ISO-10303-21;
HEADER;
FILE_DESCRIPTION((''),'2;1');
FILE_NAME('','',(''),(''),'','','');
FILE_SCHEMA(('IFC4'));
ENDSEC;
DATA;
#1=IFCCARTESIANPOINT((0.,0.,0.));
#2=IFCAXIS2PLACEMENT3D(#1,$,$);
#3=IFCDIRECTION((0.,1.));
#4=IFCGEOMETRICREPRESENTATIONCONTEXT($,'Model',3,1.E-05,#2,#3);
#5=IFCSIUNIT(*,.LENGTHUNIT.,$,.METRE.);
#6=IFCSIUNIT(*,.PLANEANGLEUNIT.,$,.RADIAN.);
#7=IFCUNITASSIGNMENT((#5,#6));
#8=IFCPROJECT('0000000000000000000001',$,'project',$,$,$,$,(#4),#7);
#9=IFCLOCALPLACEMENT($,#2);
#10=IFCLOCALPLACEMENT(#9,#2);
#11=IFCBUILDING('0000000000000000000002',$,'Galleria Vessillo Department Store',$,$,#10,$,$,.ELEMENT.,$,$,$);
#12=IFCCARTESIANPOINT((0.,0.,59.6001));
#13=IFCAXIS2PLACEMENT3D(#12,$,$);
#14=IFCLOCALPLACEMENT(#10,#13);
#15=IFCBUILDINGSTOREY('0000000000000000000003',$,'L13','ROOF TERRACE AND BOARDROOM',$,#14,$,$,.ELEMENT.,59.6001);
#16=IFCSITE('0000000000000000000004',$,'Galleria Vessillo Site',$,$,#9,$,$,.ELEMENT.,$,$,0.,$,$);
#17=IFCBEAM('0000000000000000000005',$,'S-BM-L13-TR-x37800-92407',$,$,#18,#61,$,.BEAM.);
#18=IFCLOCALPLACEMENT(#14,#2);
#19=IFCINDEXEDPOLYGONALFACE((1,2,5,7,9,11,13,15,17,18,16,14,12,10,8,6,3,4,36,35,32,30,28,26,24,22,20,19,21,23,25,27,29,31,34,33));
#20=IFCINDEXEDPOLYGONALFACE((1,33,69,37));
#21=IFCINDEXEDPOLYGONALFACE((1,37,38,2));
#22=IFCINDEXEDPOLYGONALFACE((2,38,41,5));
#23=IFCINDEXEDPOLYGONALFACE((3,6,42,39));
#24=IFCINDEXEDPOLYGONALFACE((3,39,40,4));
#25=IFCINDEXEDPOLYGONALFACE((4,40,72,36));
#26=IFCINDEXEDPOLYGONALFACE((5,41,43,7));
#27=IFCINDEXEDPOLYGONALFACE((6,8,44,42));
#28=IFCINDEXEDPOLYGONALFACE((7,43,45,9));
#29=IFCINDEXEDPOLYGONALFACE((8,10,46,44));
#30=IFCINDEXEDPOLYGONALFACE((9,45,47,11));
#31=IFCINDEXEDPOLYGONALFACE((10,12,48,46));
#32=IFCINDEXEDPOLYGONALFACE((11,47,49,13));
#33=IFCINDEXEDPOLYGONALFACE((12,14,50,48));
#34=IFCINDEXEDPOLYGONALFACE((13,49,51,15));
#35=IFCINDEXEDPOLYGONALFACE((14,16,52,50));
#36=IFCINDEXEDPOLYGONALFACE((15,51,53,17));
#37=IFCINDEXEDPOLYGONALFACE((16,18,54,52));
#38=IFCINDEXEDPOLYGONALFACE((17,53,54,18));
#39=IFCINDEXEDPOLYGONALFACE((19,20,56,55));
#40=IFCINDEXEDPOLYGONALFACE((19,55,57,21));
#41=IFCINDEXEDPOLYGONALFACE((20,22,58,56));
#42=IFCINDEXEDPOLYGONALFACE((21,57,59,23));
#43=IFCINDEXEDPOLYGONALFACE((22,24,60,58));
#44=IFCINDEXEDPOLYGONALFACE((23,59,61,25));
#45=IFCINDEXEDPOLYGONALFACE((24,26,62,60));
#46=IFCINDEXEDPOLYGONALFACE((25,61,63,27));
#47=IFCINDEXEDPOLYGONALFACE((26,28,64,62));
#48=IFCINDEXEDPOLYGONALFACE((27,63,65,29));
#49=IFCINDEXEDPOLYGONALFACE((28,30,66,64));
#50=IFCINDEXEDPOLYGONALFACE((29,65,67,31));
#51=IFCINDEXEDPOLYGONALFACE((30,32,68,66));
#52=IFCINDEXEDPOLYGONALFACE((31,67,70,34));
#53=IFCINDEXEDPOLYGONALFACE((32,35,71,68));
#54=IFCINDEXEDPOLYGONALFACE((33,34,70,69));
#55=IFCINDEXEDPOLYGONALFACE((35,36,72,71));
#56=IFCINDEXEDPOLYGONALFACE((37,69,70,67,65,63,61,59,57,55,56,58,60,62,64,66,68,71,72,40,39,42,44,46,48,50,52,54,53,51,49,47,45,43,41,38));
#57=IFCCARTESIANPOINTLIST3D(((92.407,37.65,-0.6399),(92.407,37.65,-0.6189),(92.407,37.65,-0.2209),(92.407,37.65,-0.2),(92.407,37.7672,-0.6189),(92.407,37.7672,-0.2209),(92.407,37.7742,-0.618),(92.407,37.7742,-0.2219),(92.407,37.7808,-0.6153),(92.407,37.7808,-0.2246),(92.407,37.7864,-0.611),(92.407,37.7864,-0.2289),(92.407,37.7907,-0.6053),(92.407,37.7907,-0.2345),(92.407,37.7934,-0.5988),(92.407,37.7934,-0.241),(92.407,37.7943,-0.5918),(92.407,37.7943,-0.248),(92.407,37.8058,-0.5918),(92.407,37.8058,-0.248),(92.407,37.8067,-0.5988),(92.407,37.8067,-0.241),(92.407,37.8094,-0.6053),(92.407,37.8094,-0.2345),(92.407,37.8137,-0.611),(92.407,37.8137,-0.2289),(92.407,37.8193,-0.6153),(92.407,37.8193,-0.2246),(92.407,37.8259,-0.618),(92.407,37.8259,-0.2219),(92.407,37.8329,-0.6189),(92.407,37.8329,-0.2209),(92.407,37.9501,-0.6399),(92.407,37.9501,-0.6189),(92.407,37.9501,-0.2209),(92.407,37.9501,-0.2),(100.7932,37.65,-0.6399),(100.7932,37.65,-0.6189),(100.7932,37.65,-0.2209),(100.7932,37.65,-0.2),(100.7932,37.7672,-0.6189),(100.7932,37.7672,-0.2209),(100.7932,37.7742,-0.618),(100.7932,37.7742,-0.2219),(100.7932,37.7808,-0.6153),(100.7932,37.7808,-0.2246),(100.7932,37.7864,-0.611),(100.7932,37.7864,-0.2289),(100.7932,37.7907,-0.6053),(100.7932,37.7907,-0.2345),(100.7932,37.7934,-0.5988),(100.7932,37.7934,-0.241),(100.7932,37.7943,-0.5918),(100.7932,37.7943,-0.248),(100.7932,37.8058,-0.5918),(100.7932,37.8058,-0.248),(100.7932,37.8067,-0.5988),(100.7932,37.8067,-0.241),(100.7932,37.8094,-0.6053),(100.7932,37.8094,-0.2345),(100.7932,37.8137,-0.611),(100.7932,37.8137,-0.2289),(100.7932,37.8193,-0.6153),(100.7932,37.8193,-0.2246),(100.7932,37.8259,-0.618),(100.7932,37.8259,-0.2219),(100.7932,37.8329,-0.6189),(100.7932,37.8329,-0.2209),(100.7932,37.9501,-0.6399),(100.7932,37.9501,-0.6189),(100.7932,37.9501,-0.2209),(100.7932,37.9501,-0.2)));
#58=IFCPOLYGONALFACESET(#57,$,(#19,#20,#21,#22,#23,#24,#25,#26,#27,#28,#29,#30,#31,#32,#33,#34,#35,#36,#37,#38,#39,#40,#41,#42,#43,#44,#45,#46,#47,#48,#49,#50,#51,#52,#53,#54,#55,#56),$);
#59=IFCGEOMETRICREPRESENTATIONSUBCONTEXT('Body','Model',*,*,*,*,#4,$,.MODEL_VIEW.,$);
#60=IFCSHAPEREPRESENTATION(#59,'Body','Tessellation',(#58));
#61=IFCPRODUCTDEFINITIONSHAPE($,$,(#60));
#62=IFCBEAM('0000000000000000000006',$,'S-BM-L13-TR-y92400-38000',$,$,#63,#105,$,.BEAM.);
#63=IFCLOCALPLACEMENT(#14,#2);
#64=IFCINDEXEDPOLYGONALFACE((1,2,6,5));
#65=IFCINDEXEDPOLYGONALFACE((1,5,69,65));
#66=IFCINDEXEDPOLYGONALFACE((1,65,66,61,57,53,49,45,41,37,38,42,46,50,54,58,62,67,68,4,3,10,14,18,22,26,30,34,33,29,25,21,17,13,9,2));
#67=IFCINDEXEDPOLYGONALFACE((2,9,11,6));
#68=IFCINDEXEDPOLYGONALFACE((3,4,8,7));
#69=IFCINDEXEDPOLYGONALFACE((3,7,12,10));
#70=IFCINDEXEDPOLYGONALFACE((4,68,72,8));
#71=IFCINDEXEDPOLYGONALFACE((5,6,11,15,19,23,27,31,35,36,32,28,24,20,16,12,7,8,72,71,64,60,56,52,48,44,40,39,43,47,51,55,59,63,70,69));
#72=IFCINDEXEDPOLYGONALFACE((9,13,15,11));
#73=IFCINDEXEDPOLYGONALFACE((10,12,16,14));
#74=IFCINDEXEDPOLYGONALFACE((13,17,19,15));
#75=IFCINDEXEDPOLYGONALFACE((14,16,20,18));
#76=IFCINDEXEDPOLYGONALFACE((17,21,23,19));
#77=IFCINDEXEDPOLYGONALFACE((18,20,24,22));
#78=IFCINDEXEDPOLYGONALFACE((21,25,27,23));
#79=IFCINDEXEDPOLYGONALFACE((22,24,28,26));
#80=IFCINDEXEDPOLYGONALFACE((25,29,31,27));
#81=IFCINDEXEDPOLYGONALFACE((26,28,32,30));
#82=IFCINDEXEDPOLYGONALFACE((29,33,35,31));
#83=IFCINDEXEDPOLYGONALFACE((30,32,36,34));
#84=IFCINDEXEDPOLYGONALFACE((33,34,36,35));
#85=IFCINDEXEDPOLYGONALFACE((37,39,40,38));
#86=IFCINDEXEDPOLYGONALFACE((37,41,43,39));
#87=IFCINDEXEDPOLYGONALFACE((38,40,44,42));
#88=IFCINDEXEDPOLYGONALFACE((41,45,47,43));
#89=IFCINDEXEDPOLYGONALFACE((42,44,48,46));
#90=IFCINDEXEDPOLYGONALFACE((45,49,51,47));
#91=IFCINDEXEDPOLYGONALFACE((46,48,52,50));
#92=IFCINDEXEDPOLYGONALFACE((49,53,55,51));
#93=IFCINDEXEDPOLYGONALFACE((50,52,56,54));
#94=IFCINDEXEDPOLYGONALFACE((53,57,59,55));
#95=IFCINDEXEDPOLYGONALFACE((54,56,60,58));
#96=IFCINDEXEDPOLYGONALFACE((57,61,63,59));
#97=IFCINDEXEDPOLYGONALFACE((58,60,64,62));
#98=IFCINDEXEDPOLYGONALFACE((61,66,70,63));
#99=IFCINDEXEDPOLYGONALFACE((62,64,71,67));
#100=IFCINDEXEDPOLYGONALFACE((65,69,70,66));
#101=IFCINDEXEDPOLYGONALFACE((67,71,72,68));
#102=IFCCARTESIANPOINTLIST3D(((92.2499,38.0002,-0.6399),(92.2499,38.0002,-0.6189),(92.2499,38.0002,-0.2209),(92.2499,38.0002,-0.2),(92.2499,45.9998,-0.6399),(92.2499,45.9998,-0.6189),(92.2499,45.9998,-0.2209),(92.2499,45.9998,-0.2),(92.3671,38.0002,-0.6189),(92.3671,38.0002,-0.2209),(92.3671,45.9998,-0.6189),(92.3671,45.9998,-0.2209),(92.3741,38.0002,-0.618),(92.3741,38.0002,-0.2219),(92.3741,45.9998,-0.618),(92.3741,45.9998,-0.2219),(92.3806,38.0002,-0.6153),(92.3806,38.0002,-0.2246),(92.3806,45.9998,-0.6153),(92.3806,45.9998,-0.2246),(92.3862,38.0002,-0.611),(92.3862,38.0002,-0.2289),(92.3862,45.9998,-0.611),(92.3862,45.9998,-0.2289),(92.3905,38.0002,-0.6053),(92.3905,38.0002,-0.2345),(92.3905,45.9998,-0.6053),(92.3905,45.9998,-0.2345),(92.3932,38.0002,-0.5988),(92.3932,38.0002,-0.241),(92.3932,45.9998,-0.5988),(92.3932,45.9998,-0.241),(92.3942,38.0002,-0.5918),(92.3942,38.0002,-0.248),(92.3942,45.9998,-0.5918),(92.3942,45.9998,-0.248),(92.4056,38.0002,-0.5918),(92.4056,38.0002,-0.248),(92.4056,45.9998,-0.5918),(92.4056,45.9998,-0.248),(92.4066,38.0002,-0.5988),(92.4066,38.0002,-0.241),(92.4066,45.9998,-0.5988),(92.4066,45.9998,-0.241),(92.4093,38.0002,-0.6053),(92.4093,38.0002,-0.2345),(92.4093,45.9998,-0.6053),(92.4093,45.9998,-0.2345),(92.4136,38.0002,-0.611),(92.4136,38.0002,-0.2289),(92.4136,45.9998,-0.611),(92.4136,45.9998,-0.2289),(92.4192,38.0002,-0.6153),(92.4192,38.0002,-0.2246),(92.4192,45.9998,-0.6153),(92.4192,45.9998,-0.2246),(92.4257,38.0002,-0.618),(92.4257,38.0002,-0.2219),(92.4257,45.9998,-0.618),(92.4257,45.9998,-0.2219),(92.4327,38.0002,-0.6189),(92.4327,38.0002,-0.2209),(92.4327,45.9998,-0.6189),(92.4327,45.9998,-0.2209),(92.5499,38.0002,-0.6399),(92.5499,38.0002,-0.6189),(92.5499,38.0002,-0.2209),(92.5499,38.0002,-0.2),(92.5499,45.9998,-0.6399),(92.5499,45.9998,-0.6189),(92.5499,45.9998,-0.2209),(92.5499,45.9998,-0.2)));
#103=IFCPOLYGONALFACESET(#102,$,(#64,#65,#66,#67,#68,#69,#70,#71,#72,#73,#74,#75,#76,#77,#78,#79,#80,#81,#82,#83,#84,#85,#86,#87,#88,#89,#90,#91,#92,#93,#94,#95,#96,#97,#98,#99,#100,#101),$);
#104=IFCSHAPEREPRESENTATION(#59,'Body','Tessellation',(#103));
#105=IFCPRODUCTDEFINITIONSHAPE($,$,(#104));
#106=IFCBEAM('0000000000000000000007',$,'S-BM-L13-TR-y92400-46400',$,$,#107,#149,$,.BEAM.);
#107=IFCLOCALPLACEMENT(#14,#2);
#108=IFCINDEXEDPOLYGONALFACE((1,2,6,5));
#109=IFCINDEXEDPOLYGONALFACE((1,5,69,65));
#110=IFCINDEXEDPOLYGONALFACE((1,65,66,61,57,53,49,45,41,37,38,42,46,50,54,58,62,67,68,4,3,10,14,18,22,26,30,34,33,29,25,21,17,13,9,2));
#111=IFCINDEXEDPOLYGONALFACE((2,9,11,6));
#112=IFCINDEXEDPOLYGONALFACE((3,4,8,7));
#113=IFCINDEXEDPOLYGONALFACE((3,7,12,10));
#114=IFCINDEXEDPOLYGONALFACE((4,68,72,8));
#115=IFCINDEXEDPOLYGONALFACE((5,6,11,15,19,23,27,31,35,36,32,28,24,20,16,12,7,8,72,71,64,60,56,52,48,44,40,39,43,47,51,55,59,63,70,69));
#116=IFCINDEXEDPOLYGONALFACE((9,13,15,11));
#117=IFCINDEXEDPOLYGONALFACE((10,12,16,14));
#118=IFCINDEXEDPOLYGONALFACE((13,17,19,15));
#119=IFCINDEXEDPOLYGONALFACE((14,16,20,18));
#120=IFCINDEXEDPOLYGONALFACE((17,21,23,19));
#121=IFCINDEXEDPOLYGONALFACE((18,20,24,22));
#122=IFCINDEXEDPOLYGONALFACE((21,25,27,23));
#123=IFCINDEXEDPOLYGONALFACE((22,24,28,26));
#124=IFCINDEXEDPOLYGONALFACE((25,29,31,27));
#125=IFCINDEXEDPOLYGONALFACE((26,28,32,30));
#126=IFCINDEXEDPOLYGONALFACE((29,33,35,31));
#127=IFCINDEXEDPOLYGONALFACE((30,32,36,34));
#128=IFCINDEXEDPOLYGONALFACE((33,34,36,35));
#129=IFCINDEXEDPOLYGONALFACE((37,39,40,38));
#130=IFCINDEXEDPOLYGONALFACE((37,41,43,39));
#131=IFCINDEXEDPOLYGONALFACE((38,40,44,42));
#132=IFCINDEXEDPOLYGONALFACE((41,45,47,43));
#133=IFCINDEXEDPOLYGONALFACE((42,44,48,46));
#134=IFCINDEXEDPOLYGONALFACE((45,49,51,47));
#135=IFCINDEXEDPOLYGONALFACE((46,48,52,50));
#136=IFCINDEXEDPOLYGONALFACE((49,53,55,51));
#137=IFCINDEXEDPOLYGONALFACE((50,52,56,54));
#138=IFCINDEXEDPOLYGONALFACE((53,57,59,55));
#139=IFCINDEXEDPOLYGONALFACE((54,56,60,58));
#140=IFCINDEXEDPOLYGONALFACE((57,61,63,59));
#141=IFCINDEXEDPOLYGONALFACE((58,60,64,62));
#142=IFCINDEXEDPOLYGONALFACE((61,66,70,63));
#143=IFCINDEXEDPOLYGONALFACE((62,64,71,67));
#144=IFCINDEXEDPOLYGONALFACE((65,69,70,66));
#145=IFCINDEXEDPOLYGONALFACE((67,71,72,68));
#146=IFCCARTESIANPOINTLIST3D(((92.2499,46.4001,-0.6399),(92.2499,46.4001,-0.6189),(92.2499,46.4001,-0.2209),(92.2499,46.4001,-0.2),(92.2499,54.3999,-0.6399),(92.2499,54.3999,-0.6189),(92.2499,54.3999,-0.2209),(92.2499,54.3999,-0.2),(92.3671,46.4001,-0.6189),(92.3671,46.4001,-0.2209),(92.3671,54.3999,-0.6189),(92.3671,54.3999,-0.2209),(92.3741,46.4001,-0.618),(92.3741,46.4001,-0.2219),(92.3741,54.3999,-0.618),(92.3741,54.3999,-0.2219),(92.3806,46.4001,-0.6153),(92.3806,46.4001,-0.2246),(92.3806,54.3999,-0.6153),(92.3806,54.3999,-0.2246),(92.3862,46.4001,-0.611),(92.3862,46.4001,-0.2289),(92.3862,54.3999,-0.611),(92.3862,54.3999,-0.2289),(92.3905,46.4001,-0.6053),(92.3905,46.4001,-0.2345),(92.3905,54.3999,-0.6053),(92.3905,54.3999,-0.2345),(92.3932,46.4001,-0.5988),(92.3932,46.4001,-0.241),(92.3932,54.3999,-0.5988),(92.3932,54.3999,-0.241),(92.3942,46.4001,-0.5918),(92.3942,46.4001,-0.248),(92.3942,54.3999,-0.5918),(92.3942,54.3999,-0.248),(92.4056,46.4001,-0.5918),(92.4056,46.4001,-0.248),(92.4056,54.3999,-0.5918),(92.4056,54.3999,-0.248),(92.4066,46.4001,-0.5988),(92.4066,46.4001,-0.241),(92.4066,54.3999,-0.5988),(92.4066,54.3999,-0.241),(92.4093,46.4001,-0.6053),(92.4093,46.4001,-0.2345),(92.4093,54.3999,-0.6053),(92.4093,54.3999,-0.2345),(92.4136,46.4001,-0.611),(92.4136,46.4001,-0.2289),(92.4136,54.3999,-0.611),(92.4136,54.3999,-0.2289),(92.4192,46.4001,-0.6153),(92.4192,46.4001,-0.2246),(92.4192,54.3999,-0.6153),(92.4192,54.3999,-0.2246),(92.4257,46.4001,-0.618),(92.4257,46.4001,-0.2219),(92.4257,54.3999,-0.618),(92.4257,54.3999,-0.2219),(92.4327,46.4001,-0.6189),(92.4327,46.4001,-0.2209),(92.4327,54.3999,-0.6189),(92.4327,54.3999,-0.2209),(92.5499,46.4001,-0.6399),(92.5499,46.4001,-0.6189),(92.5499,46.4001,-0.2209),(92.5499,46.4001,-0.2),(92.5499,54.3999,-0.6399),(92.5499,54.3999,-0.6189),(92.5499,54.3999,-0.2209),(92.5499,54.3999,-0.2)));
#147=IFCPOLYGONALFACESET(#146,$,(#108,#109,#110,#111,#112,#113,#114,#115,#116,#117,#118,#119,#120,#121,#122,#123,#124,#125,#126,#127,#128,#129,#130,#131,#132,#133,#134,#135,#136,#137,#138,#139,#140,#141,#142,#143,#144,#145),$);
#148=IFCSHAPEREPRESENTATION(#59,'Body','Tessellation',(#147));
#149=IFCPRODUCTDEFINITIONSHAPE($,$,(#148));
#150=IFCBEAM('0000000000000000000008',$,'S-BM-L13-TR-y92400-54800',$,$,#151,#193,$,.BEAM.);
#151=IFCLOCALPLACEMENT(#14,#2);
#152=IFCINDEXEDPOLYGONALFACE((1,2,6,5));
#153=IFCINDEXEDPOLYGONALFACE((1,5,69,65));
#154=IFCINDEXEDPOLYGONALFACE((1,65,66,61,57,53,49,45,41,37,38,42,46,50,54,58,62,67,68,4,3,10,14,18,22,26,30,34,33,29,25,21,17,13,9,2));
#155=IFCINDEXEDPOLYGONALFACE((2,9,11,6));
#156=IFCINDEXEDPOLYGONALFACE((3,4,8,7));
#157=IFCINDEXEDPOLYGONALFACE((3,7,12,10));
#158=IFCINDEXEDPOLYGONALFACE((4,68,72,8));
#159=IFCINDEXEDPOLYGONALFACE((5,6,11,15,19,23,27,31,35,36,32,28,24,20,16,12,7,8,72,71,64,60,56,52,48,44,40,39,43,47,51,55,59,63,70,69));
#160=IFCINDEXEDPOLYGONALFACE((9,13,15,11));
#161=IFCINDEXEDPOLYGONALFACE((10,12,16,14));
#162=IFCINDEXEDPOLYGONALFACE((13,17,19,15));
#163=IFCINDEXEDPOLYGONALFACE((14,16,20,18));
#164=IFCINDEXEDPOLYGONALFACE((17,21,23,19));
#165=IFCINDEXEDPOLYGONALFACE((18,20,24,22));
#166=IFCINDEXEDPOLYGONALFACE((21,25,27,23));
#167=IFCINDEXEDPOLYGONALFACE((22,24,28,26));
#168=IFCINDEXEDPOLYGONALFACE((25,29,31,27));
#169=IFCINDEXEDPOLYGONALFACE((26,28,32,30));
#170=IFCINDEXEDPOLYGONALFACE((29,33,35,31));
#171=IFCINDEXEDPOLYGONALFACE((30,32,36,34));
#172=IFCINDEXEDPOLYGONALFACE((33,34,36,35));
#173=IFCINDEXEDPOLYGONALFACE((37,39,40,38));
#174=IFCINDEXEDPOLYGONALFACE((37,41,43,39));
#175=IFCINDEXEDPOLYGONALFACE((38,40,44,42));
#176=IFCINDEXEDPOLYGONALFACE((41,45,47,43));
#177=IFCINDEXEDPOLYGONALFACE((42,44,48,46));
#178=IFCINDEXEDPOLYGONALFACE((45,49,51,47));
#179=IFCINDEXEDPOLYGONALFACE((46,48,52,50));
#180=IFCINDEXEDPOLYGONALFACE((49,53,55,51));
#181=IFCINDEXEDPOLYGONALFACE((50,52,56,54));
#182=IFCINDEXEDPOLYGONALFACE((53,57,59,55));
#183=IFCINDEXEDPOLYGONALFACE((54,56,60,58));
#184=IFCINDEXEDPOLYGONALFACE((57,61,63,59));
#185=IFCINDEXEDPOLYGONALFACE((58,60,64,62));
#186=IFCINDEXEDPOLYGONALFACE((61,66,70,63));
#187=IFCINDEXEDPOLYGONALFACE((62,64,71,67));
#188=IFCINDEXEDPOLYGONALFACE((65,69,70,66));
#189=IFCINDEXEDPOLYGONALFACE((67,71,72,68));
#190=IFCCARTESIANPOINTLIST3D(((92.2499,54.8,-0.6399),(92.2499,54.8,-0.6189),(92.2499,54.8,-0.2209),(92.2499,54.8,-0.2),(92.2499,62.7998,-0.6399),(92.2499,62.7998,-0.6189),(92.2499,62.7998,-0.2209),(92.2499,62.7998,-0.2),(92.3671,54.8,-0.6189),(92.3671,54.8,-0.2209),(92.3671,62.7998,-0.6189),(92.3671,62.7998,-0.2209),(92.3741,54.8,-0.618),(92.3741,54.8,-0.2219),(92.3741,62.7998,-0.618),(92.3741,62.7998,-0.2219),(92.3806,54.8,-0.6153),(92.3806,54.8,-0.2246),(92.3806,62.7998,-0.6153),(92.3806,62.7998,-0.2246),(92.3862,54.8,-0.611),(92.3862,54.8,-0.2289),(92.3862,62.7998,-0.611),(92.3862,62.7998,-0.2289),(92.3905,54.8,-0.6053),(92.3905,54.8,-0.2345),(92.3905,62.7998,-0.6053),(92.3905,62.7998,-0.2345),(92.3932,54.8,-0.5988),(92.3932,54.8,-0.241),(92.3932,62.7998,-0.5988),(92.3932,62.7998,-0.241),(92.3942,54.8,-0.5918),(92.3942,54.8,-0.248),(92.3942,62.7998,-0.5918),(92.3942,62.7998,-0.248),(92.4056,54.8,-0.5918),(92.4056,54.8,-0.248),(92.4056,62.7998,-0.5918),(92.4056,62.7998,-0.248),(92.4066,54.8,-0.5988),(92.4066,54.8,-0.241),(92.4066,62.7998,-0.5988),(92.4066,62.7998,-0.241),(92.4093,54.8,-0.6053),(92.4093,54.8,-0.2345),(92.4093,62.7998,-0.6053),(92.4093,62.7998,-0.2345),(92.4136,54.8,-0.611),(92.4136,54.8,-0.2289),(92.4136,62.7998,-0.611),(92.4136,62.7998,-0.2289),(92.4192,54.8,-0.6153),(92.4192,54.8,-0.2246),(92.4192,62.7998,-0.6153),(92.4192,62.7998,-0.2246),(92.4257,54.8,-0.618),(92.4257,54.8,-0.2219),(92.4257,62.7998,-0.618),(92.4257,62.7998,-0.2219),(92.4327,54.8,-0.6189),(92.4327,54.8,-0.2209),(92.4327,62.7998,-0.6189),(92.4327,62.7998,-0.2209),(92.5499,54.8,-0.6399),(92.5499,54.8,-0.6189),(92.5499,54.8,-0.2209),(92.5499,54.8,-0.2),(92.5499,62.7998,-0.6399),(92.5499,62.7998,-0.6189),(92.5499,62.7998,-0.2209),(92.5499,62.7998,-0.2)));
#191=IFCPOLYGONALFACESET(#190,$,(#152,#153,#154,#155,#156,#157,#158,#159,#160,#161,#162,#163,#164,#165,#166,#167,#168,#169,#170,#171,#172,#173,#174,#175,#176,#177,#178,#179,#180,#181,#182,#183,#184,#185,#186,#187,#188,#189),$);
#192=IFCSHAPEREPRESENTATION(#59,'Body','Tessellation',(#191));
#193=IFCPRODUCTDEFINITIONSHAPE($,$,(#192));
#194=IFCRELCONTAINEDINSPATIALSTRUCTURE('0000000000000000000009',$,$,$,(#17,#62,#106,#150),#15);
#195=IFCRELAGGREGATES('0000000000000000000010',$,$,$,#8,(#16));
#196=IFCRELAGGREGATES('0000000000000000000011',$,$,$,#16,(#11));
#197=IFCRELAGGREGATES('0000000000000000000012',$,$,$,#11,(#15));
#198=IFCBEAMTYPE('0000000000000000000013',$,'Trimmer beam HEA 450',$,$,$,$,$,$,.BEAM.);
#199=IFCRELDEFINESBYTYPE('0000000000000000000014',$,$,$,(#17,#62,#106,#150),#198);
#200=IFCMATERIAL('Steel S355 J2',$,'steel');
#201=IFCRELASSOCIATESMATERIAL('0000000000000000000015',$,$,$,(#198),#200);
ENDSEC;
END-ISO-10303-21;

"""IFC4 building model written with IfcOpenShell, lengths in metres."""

from ifc_helpers import new_model, si_unit, direction, frame, origin, origin_2d, place, context, subcontext, project, spatial, i_section, extrude, material, material_profile, profile_set, type_object, element, save


model = new_model("IFC4")

# Units and contexts
model_context = context("Model", 3, precision=1e-05, world=origin(), true_north=direction((0.0, 1.0)))
body_context = subcontext(model_context, "Body", "Model", "MODEL_VIEW")
ifc_project = project(units=[si_unit("LENGTHUNIT", "METRE"), si_unit("PLANEANGLEUNIT", "RADIAN")], contexts=[model_context])

# Site, building, storey
site_placement = place(None, origin())
site = spatial("IfcSite", under=ifc_project, at=site_placement, Name="Galleria Vessillo Site", CompositionType="ELEMENT", RefElevation=0.0)
building_placement = place(site_placement, origin())
building = spatial("IfcBuilding", under=site, at=building_placement, Name="Galleria Vessillo Department Store", CompositionType="ELEMENT")
storey_placement = place(building_placement, frame((0.0, 0.0, 59.6001)))
storey = spatial("IfcBuildingStorey", under=building, at=storey_placement, Name="L13", Description="ROOF TERRACE AND BOARDROOM", CompositionType="ELEMENT", Elevation=59.6001)

# Beams
ifc_material_1 = material(Name="Steel S355 J2", Category="steel")
ifc_material_profile_1 = material_profile(ifc_material_1, i_section(OverallWidth=0.3, OverallDepth=0.4399, WebThickness=0.0115, FlangeThickness=0.021, FilletRadius=0.0271, at=origin_2d()), Name="HEA 450")
ifc_profile_set_1 = profile_set([ifc_material_profile_1], Name="Steel S355 J2")
beam_type_1 = type_object("IfcBeamType", Name="Trimmer beam HEA 450", PredefinedType="BEAM", material=ifc_profile_set_1)
beam_1_placement = place(storey_placement, frame((92.407, 37.8, -0.4199), z_axis=(1.0, 0.0, 0.0), x_axis=(0.0, 1.0, 0.0)))
element("IfcBeam", 1, at=beam_1_placement, inside=storey, type_object=beam_type_1, Name="S-BM-L13-TR-x37800-92407", PredefinedType="BEAM", context=body_context, shape_type="SweptSolid", body=[
    extrude(i_section(OverallWidth=0.3, OverallDepth=0.4399, WebThickness=0.0115, FlangeThickness=0.021, FilletRadius=0.0271, at=origin_2d()), origin(), (0.0, 0.0, 1.0), 8.3862),
])
beam_2_placement = place(storey_placement, frame((92.3999, 38.0002, -0.4199), z_axis=(0.0, 1.0, 0.0), x_axis=(-1.0, 0.0, 0.0)))
element("IfcBeam", 2, at=beam_2_placement, inside=storey, type_object=beam_type_1, Name="S-BM-L13-TR-y92400-38000", PredefinedType="BEAM", context=body_context, shape_type="SweptSolid", body=[
    extrude(i_section(OverallWidth=0.3, OverallDepth=0.4399, WebThickness=0.0115, FlangeThickness=0.021, FilletRadius=0.0271, at=origin_2d()), origin(), (0.0, 0.0, 1.0), 7.9995),
])
for number, where, z_axis, x_axis, name in (
    (3, (92.3999, 46.4001, -0.4199), (0.0, 1.0, 0.0), (-1.0, 0.0, 0.0), "S-BM-L13-TR-y92400-46400"),
    (4, (92.3999, 54.8, -0.4199), (0.0, 1.0, 0.0), (-1.0, 0.0, 0.0), "S-BM-L13-TR-y92400-54800"),
):
    element("IfcBeam", number, at=place(storey_placement, frame(where, z_axis=z_axis, x_axis=x_axis)), inside=storey, type_object=beam_type_1, Name=name, PredefinedType="BEAM", context=body_context, shape_type="SweptSolid", body=[
        extrude(i_section(OverallWidth=0.3, OverallDepth=0.4399, WebThickness=0.0115, FlangeThickness=0.021, FilletRadius=0.0271, at=origin_2d()), origin(), (0.0, 0.0, 1.0), 7.9998),
    ])

save(model, "model.ifc")
